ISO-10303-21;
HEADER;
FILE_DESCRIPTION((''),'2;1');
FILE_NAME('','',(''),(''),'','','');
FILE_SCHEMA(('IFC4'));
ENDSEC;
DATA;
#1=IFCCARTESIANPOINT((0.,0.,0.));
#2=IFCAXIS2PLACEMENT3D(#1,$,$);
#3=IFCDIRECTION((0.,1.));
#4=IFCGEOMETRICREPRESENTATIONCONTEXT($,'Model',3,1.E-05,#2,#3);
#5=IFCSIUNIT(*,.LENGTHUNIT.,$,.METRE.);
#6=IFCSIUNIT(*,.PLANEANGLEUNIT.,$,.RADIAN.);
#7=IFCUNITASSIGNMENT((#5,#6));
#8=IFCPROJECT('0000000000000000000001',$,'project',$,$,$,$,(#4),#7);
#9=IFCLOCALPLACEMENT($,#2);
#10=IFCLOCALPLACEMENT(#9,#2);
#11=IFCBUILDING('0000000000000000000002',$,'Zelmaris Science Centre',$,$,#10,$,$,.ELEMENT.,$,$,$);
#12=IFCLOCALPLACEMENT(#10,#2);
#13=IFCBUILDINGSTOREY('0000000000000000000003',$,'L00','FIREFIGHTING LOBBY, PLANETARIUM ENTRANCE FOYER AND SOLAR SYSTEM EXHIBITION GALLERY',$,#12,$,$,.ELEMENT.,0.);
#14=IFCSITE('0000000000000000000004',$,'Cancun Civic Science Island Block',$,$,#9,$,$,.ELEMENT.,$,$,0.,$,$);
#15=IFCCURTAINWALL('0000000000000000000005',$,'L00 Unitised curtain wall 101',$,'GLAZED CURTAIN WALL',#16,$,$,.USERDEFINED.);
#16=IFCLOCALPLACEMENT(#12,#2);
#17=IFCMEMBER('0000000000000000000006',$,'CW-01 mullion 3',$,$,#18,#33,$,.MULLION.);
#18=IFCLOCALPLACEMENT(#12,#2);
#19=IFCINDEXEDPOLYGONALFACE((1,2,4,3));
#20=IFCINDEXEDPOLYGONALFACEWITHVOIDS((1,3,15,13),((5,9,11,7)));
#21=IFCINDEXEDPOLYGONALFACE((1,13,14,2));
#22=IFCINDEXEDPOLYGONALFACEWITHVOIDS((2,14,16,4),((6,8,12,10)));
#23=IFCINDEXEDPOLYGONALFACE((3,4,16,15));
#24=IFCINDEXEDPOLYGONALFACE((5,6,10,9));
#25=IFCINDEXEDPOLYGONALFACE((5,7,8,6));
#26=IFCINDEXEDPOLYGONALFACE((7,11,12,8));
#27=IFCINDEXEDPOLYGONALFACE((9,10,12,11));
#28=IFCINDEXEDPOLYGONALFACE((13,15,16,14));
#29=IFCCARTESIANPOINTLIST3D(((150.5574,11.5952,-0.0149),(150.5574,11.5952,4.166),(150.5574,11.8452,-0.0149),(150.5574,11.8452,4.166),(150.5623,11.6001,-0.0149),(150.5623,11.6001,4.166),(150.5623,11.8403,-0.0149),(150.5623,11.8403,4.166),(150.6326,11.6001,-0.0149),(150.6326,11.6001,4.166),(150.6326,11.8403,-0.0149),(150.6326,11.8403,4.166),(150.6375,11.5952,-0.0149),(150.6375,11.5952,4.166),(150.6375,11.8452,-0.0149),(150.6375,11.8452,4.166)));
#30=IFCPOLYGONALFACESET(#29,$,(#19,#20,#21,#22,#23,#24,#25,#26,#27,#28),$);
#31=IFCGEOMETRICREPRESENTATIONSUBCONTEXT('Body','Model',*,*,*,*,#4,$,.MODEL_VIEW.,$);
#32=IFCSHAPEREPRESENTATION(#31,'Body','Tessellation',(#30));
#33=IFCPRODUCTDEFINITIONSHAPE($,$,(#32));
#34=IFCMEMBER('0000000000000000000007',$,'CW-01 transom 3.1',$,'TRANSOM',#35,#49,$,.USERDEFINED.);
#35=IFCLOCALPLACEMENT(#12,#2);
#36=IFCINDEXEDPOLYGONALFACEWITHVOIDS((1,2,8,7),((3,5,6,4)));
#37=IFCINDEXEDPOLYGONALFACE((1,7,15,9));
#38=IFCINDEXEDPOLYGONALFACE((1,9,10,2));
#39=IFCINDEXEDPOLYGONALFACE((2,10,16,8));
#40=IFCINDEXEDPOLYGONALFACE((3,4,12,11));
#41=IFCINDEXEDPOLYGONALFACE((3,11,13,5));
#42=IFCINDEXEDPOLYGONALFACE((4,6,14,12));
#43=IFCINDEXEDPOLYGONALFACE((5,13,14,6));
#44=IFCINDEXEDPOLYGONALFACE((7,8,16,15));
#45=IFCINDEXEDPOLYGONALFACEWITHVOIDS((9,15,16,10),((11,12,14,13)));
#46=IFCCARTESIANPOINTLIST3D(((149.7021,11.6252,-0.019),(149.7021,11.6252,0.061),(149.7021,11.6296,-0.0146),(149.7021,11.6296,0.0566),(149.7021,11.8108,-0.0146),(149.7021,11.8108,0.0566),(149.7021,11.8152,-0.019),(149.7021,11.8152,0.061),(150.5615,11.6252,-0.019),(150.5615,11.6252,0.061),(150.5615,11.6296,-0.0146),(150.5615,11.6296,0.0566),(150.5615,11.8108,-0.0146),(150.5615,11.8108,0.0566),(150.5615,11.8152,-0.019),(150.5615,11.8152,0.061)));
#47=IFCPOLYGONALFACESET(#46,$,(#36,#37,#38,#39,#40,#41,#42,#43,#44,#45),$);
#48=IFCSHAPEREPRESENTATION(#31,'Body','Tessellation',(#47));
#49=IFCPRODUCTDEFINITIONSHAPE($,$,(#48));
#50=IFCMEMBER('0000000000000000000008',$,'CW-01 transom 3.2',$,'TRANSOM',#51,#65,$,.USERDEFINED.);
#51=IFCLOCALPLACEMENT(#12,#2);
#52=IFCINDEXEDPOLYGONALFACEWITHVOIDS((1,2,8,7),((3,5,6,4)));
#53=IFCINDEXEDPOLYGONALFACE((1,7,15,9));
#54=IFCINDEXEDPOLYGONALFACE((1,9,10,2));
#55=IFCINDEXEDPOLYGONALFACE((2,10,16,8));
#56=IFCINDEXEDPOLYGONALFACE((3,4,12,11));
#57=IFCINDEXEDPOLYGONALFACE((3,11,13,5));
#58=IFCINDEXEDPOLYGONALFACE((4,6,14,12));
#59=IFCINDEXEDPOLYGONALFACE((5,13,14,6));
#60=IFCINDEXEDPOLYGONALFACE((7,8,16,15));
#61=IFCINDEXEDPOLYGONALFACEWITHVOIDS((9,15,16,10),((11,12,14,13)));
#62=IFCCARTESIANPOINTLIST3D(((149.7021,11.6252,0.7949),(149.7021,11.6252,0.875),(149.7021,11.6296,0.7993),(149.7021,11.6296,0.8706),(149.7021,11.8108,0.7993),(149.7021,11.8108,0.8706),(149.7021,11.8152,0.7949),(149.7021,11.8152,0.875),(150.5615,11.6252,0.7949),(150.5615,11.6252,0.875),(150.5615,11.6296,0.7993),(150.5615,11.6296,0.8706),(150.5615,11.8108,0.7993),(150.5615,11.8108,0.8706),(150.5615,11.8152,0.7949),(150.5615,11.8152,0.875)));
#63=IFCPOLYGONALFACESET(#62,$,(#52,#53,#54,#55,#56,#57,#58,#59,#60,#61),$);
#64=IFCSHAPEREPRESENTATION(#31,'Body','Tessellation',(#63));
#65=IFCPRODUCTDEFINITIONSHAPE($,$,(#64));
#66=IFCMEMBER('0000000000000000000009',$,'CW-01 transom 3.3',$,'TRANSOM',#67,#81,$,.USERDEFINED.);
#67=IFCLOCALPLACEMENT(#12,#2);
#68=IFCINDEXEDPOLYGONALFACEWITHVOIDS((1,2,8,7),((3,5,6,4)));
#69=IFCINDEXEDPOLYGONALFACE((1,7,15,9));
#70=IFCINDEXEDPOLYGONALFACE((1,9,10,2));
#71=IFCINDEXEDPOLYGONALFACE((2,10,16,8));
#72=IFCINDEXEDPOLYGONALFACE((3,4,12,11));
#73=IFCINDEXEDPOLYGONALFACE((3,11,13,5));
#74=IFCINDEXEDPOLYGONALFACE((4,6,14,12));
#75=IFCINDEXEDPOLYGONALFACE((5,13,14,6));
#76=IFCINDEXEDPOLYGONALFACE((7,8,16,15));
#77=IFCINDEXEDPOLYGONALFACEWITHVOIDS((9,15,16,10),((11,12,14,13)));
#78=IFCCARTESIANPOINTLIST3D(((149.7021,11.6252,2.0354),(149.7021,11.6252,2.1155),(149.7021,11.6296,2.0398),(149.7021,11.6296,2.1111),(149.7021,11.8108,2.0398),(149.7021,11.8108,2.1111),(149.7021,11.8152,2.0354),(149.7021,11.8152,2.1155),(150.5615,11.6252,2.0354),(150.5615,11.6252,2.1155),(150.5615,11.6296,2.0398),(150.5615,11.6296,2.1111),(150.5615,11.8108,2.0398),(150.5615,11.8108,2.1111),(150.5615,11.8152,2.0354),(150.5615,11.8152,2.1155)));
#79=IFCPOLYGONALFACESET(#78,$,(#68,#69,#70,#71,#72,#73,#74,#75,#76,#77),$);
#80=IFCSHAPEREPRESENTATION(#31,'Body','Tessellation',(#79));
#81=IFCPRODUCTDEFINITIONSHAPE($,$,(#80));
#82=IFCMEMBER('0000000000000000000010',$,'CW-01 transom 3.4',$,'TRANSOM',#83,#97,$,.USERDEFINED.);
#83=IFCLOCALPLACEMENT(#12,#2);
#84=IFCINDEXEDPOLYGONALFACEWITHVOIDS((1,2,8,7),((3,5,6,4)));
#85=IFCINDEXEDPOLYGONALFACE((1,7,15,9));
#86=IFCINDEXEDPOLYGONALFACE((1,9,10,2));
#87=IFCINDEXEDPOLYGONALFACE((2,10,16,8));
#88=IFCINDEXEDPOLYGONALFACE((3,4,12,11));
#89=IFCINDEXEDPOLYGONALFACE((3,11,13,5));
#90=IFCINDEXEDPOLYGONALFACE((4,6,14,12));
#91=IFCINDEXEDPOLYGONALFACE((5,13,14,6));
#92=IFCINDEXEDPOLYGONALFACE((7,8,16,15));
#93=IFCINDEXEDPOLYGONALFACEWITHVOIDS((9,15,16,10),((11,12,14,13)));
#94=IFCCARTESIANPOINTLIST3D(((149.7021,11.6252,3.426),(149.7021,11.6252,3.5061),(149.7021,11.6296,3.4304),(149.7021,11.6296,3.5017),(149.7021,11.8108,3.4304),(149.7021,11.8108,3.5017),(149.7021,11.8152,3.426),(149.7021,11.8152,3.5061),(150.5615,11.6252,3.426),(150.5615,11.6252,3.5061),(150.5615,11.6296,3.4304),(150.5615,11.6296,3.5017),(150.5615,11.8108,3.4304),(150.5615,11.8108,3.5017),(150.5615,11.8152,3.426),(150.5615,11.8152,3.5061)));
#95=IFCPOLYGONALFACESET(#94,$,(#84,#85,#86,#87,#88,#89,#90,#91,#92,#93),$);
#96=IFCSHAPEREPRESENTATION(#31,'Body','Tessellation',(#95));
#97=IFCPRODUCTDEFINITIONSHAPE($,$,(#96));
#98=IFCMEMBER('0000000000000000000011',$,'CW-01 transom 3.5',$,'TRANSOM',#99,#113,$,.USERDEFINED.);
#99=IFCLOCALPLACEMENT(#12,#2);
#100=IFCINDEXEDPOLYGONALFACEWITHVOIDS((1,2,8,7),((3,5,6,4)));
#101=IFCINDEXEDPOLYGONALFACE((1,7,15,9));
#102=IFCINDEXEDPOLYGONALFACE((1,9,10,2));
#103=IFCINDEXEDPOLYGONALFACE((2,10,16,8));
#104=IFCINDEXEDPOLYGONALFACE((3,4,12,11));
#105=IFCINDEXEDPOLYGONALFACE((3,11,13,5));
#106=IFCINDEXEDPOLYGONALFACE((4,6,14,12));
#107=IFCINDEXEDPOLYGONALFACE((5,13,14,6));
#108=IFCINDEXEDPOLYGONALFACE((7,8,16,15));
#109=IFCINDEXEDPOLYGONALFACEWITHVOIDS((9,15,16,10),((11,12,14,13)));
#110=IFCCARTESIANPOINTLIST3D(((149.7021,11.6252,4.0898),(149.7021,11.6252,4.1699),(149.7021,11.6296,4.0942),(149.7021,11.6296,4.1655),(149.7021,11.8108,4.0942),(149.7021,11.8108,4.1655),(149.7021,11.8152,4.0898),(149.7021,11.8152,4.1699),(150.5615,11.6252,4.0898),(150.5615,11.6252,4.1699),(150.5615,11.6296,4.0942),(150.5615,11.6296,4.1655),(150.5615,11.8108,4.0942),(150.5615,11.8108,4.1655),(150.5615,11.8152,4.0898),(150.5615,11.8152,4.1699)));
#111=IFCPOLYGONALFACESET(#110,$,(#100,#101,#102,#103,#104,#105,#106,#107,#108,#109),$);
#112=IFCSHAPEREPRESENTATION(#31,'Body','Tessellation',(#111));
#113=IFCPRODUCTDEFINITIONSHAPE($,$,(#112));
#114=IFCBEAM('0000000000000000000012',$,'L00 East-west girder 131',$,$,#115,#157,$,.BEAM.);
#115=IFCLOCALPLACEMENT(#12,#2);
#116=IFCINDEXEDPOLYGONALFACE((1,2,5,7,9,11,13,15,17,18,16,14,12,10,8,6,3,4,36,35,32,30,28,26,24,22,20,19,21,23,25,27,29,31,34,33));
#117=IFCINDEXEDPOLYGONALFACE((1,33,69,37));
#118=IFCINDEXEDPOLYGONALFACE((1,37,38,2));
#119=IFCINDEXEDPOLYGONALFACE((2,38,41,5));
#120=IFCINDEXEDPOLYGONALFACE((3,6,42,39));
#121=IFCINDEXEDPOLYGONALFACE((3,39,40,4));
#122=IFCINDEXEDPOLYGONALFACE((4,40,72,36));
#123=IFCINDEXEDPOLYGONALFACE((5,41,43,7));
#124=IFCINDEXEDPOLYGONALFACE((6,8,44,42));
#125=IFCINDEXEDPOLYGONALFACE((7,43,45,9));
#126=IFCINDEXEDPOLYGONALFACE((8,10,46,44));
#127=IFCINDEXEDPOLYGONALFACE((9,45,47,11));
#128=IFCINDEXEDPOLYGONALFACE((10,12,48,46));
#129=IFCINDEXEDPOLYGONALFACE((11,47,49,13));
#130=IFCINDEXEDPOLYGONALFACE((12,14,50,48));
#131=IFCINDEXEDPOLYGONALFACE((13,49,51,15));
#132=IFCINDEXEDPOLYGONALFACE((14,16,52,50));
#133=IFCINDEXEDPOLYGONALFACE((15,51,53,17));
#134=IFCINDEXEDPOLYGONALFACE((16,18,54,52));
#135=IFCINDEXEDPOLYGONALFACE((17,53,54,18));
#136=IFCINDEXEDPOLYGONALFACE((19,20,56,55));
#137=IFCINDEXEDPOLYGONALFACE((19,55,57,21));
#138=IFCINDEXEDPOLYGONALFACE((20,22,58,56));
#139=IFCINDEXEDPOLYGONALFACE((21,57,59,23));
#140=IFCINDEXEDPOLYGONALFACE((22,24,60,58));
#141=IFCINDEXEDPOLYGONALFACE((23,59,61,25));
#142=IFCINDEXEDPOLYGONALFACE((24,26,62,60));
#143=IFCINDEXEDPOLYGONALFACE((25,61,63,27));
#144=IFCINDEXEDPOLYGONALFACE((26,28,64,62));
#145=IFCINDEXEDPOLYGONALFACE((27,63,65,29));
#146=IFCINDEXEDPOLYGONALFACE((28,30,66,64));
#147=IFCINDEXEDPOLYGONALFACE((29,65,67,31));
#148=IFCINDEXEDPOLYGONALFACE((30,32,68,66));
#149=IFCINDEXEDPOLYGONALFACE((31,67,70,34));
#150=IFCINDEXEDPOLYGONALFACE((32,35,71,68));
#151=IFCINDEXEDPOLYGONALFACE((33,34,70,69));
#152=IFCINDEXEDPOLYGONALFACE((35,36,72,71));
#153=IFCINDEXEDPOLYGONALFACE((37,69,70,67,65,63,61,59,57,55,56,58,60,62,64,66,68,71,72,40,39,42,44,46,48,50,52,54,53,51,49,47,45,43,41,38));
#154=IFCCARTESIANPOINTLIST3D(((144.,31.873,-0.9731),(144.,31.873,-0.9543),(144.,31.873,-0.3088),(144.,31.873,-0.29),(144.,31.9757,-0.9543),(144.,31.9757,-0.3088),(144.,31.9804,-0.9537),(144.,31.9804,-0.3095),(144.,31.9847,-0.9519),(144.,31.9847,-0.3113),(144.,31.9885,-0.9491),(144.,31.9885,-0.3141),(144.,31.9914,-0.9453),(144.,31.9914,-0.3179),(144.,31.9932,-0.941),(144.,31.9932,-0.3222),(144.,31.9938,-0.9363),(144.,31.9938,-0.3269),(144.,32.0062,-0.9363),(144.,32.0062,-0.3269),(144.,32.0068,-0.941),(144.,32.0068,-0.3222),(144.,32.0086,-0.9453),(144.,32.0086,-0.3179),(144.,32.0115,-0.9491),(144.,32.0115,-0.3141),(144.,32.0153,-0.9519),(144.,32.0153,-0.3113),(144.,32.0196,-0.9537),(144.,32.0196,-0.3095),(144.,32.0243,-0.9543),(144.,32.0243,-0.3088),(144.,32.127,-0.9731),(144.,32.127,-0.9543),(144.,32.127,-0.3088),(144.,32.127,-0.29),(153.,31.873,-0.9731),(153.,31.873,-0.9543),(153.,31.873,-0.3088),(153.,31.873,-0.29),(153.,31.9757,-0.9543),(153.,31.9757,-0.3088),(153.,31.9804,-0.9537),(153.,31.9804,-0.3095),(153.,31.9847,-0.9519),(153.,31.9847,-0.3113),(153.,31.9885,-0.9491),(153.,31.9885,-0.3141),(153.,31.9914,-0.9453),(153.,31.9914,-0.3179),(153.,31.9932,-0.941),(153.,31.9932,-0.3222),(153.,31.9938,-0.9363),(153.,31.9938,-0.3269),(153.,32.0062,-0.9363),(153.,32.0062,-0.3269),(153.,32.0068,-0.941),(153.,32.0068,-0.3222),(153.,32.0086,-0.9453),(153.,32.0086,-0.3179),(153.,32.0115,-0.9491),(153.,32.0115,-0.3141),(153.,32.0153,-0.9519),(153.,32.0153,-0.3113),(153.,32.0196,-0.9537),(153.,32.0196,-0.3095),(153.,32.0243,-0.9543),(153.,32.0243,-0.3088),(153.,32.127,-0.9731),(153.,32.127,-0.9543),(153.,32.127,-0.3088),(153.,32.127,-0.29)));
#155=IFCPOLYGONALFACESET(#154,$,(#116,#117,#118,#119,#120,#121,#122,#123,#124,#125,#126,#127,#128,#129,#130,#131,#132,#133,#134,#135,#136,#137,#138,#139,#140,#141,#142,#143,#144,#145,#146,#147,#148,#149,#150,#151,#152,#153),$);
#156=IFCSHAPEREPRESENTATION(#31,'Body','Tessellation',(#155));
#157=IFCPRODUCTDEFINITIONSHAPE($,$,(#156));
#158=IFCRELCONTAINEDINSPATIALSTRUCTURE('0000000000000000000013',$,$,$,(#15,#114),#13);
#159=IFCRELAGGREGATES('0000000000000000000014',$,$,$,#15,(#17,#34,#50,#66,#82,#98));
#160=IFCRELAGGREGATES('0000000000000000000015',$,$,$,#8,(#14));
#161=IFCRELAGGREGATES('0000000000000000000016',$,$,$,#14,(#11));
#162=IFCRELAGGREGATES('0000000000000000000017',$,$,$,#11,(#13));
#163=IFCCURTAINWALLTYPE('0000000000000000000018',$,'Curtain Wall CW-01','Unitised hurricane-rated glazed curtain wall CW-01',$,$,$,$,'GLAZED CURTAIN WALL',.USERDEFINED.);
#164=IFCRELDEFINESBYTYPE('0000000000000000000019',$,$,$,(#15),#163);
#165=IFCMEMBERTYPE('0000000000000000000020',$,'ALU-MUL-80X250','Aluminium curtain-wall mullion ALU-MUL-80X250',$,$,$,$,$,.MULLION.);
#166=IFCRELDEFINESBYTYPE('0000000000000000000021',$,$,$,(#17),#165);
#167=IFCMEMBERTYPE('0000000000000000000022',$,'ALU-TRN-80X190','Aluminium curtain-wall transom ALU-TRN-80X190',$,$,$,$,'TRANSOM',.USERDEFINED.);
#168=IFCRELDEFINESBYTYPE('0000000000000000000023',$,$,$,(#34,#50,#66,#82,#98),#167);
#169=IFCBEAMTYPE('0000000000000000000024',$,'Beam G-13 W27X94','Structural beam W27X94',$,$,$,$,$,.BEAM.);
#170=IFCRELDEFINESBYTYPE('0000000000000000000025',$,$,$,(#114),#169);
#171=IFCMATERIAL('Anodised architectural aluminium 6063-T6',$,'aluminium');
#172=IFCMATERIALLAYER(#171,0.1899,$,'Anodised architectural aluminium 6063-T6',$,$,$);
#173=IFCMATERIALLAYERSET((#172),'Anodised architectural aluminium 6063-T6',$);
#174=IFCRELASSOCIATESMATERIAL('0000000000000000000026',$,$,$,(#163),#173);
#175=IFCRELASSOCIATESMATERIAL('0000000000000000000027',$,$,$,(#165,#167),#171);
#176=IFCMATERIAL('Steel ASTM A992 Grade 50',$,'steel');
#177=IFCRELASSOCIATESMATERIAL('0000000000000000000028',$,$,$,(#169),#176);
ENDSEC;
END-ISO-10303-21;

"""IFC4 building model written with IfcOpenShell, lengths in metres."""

from ifc_helpers import new_model, si_unit, direction, frame, origin, origin_2d, place, context, subcontext, project, spatial, hollow_rectangle, i_section, extrude, material, layer, layer_set, material_profile, profile_set, type_object, element, aggregate, save


model = new_model("IFC4")

# Units and contexts
model_context = context("Model", 3, precision=1e-05, world=origin(), true_north=direction((0.0, 1.0)))
body_context = subcontext(model_context, "Body", "Model", "MODEL_VIEW")
ifc_project = project(units=[si_unit("LENGTHUNIT", "METRE"), si_unit("PLANEANGLEUNIT", "RADIAN")], contexts=[model_context])

# Site, building, storey
site_placement = place(None, origin())
site = spatial("IfcSite", under=ifc_project, at=site_placement, Name="Cancun Civic Science Island Block", CompositionType="ELEMENT", RefElevation=0.0)
building_placement = place(site_placement, origin())
building = spatial("IfcBuilding", under=site, at=building_placement, Name="Zelmaris Science Centre", CompositionType="ELEMENT")
storey_placement = place(building_placement, origin())
storey = spatial("IfcBuildingStorey", under=building, at=storey_placement, Name="L00", Description="FIREFIGHTING LOBBY, PLANETARIUM ENTRANCE FOYER AND SOLAR SYSTEM EXHIBITION GALLERY", CompositionType="ELEMENT", Elevation=0.0)

# Shared definitions
ifc_material_1 = material(Name="Steel ASTM A992 Grade 50", Category="steel")

# Curtain wall, members
ifc_material_2 = material(Name="Anodised architectural aluminium 6063-T6", Category="aluminium")
ifc_layer_1 = layer(ifc_material_2, 0.1899, Name="Anodised architectural aluminium 6063-T6")
ifc_layer_set_1 = layer_set([ifc_layer_1], Name="Anodised architectural aluminium 6063-T6")
curtain_wall_type = type_object("IfcCurtainWallType", Name="Curtain Wall CW-01", Description="Unitised hurricane-rated glazed curtain wall CW-01", ElementType="GLAZED CURTAIN WALL", PredefinedType="USERDEFINED", material=ifc_layer_set_1)
curtain_wall_placement = place(storey_placement, origin())
curtain_wall = element("IfcCurtainWall", 1, at=curtain_wall_placement, inside=storey, type_object=curtain_wall_type, Name="L00 Unitised curtain wall 101", ObjectType="GLAZED CURTAIN WALL", PredefinedType="USERDEFINED")
ifc_material_profile_1 = material_profile(ifc_material_2, hollow_rectangle(XDim=0.0801, YDim=0.25, WallThickness=0.0049, at=origin_2d()), Name="ALU-MUL-80X250")
ifc_profile_set_1 = profile_set([ifc_material_profile_1], Name="Anodised architectural aluminium 6063-T6")
member_type_1 = type_object("IfcMemberType", Name="ALU-MUL-80X250", Description="Aluminium curtain-wall mullion ALU-MUL-80X250", PredefinedType="MULLION", material=ifc_profile_set_1)
member_1_placement = place(storey_placement, frame((150.5974, 11.7202, -0.0149), z_axis=(0.0, 0.0, 1.0), x_axis=(-1.0, 0.0, 0.0)))
member_1 = element("IfcMember", 2, at=member_1_placement, type_object=member_type_1, Name="CW-01 mullion 3", PredefinedType="MULLION", context=body_context, shape_type="SweptSolid", body=[
    extrude(hollow_rectangle(XDim=0.0801, YDim=0.25, WallThickness=0.0049, at=origin_2d()), origin(), (0.0, 0.0, 1.0), 4.1809),
])
ifc_material_profile_2 = material_profile(ifc_material_2, hollow_rectangle(XDim=0.0801, YDim=0.1899, WallThickness=0.0044, at=origin_2d()), Name="ALU-TRN-80X190")
ifc_profile_set_2 = profile_set([ifc_material_profile_2], Name="Anodised architectural aluminium 6063-T6")
member_type_2 = type_object("IfcMemberType", Name="ALU-TRN-80X190", Description="Aluminium curtain-wall transom ALU-TRN-80X190", ElementType="TRANSOM", PredefinedType="USERDEFINED", material=ifc_profile_set_2)
member_2_placement = place(storey_placement, frame((150.5615, 11.7202, 0.021), z_axis=(-1.0, 0.0, 0.0), x_axis=(0.0, 0.0, 1.0)))
member_2 = element("IfcMember", 3, at=member_2_placement, type_object=member_type_2, Name="CW-01 transom 3.1", ObjectType="TRANSOM", PredefinedType="USERDEFINED", context=body_context, shape_type="SweptSolid", body=[
    extrude(hollow_rectangle(XDim=0.0801, YDim=0.1899, WallThickness=0.0044, at=origin_2d()), origin(), (0.0, 0.0, 1.0), 0.8594),
])
member_3_placement = place(storey_placement, frame((150.5615, 11.7202, 0.835), z_axis=(-1.0, 0.0, 0.0), x_axis=(0.0, 0.0, 1.0)))
member_3 = element("IfcMember", 4, at=member_3_placement, type_object=member_type_2, Name="CW-01 transom 3.2", ObjectType="TRANSOM", PredefinedType="USERDEFINED", context=body_context, shape_type="SweptSolid", body=[
    extrude(hollow_rectangle(XDim=0.0801, YDim=0.1899, WallThickness=0.0044, at=origin_2d()), origin(), (0.0, 0.0, 1.0), 0.8594),
])
member_4_placement = place(storey_placement, frame((150.5615, 11.7202, 2.0754), z_axis=(-1.0, 0.0, 0.0), x_axis=(0.0, 0.0, 1.0)))
member_4 = element("IfcMember", 5, at=member_4_placement, type_object=member_type_2, Name="CW-01 transom 3.3", ObjectType="TRANSOM", PredefinedType="USERDEFINED", context=body_context, shape_type="SweptSolid", body=[
    extrude(hollow_rectangle(XDim=0.0801, YDim=0.1899, WallThickness=0.0044, at=origin_2d()), origin(), (0.0, 0.0, 1.0), 0.8594),
])
member_5_placement = place(storey_placement, frame((150.5615, 11.7202, 3.4661), z_axis=(-1.0, 0.0, 0.0), x_axis=(0.0, 0.0, 1.0)))
member_5 = element("IfcMember", 6, at=member_5_placement, type_object=member_type_2, Name="CW-01 transom 3.4", ObjectType="TRANSOM", PredefinedType="USERDEFINED", context=body_context, shape_type="SweptSolid", body=[
    extrude(hollow_rectangle(XDim=0.0801, YDim=0.1899, WallThickness=0.0044, at=origin_2d()), origin(), (0.0, 0.0, 1.0), 0.8594),
])
member_6_placement = place(storey_placement, frame((150.5615, 11.7202, 4.1299), z_axis=(-1.0, 0.0, 0.0), x_axis=(0.0, 0.0, 1.0)))
member_6 = element("IfcMember", 7, at=member_6_placement, type_object=member_type_2, Name="CW-01 transom 3.5", ObjectType="TRANSOM", PredefinedType="USERDEFINED", context=body_context, shape_type="SweptSolid", body=[
    extrude(hollow_rectangle(XDim=0.0801, YDim=0.1899, WallThickness=0.0044, at=origin_2d()), origin(), (0.0, 0.0, 1.0), 0.8594),
])

# Beam
ifc_material_profile_3 = material_profile(ifc_material_1, i_section(OverallWidth=0.2539, OverallDepth=0.6831, WebThickness=0.0125, FlangeThickness=0.0188, FilletRadius=0.0181, at=origin_2d()), Name="W27X94")
ifc_profile_set_3 = profile_set([ifc_material_profile_3], Name="Steel ASTM A992 Grade 50")
beam_type_1 = type_object("IfcBeamType", Name="Beam G-13 W27X94", Description="Structural beam W27X94", PredefinedType="BEAM", material=ifc_profile_set_3)
beam_1_placement = place(storey_placement, frame((144.0, 32.0, -0.6316), z_axis=(1.0, 0.0, 0.0), x_axis=(0.0, 1.0, 0.0)))
element("IfcBeam", 8, at=beam_1_placement, inside=storey, type_object=beam_type_1, Name="L00 East-west girder 131", PredefinedType="BEAM", context=body_context, shape_type="SweptSolid", body=[
    extrude(i_section(OverallWidth=0.2539, OverallDepth=0.6831, WebThickness=0.0125, FlangeThickness=0.0188, FilletRadius=0.0181, at=origin_2d()), origin(), (0.0, 0.0, 1.0), 9.0),
])

aggregate(curtain_wall, [member_1, member_2, member_3, member_4, member_5, member_6])

save(model, "model.ifc")
